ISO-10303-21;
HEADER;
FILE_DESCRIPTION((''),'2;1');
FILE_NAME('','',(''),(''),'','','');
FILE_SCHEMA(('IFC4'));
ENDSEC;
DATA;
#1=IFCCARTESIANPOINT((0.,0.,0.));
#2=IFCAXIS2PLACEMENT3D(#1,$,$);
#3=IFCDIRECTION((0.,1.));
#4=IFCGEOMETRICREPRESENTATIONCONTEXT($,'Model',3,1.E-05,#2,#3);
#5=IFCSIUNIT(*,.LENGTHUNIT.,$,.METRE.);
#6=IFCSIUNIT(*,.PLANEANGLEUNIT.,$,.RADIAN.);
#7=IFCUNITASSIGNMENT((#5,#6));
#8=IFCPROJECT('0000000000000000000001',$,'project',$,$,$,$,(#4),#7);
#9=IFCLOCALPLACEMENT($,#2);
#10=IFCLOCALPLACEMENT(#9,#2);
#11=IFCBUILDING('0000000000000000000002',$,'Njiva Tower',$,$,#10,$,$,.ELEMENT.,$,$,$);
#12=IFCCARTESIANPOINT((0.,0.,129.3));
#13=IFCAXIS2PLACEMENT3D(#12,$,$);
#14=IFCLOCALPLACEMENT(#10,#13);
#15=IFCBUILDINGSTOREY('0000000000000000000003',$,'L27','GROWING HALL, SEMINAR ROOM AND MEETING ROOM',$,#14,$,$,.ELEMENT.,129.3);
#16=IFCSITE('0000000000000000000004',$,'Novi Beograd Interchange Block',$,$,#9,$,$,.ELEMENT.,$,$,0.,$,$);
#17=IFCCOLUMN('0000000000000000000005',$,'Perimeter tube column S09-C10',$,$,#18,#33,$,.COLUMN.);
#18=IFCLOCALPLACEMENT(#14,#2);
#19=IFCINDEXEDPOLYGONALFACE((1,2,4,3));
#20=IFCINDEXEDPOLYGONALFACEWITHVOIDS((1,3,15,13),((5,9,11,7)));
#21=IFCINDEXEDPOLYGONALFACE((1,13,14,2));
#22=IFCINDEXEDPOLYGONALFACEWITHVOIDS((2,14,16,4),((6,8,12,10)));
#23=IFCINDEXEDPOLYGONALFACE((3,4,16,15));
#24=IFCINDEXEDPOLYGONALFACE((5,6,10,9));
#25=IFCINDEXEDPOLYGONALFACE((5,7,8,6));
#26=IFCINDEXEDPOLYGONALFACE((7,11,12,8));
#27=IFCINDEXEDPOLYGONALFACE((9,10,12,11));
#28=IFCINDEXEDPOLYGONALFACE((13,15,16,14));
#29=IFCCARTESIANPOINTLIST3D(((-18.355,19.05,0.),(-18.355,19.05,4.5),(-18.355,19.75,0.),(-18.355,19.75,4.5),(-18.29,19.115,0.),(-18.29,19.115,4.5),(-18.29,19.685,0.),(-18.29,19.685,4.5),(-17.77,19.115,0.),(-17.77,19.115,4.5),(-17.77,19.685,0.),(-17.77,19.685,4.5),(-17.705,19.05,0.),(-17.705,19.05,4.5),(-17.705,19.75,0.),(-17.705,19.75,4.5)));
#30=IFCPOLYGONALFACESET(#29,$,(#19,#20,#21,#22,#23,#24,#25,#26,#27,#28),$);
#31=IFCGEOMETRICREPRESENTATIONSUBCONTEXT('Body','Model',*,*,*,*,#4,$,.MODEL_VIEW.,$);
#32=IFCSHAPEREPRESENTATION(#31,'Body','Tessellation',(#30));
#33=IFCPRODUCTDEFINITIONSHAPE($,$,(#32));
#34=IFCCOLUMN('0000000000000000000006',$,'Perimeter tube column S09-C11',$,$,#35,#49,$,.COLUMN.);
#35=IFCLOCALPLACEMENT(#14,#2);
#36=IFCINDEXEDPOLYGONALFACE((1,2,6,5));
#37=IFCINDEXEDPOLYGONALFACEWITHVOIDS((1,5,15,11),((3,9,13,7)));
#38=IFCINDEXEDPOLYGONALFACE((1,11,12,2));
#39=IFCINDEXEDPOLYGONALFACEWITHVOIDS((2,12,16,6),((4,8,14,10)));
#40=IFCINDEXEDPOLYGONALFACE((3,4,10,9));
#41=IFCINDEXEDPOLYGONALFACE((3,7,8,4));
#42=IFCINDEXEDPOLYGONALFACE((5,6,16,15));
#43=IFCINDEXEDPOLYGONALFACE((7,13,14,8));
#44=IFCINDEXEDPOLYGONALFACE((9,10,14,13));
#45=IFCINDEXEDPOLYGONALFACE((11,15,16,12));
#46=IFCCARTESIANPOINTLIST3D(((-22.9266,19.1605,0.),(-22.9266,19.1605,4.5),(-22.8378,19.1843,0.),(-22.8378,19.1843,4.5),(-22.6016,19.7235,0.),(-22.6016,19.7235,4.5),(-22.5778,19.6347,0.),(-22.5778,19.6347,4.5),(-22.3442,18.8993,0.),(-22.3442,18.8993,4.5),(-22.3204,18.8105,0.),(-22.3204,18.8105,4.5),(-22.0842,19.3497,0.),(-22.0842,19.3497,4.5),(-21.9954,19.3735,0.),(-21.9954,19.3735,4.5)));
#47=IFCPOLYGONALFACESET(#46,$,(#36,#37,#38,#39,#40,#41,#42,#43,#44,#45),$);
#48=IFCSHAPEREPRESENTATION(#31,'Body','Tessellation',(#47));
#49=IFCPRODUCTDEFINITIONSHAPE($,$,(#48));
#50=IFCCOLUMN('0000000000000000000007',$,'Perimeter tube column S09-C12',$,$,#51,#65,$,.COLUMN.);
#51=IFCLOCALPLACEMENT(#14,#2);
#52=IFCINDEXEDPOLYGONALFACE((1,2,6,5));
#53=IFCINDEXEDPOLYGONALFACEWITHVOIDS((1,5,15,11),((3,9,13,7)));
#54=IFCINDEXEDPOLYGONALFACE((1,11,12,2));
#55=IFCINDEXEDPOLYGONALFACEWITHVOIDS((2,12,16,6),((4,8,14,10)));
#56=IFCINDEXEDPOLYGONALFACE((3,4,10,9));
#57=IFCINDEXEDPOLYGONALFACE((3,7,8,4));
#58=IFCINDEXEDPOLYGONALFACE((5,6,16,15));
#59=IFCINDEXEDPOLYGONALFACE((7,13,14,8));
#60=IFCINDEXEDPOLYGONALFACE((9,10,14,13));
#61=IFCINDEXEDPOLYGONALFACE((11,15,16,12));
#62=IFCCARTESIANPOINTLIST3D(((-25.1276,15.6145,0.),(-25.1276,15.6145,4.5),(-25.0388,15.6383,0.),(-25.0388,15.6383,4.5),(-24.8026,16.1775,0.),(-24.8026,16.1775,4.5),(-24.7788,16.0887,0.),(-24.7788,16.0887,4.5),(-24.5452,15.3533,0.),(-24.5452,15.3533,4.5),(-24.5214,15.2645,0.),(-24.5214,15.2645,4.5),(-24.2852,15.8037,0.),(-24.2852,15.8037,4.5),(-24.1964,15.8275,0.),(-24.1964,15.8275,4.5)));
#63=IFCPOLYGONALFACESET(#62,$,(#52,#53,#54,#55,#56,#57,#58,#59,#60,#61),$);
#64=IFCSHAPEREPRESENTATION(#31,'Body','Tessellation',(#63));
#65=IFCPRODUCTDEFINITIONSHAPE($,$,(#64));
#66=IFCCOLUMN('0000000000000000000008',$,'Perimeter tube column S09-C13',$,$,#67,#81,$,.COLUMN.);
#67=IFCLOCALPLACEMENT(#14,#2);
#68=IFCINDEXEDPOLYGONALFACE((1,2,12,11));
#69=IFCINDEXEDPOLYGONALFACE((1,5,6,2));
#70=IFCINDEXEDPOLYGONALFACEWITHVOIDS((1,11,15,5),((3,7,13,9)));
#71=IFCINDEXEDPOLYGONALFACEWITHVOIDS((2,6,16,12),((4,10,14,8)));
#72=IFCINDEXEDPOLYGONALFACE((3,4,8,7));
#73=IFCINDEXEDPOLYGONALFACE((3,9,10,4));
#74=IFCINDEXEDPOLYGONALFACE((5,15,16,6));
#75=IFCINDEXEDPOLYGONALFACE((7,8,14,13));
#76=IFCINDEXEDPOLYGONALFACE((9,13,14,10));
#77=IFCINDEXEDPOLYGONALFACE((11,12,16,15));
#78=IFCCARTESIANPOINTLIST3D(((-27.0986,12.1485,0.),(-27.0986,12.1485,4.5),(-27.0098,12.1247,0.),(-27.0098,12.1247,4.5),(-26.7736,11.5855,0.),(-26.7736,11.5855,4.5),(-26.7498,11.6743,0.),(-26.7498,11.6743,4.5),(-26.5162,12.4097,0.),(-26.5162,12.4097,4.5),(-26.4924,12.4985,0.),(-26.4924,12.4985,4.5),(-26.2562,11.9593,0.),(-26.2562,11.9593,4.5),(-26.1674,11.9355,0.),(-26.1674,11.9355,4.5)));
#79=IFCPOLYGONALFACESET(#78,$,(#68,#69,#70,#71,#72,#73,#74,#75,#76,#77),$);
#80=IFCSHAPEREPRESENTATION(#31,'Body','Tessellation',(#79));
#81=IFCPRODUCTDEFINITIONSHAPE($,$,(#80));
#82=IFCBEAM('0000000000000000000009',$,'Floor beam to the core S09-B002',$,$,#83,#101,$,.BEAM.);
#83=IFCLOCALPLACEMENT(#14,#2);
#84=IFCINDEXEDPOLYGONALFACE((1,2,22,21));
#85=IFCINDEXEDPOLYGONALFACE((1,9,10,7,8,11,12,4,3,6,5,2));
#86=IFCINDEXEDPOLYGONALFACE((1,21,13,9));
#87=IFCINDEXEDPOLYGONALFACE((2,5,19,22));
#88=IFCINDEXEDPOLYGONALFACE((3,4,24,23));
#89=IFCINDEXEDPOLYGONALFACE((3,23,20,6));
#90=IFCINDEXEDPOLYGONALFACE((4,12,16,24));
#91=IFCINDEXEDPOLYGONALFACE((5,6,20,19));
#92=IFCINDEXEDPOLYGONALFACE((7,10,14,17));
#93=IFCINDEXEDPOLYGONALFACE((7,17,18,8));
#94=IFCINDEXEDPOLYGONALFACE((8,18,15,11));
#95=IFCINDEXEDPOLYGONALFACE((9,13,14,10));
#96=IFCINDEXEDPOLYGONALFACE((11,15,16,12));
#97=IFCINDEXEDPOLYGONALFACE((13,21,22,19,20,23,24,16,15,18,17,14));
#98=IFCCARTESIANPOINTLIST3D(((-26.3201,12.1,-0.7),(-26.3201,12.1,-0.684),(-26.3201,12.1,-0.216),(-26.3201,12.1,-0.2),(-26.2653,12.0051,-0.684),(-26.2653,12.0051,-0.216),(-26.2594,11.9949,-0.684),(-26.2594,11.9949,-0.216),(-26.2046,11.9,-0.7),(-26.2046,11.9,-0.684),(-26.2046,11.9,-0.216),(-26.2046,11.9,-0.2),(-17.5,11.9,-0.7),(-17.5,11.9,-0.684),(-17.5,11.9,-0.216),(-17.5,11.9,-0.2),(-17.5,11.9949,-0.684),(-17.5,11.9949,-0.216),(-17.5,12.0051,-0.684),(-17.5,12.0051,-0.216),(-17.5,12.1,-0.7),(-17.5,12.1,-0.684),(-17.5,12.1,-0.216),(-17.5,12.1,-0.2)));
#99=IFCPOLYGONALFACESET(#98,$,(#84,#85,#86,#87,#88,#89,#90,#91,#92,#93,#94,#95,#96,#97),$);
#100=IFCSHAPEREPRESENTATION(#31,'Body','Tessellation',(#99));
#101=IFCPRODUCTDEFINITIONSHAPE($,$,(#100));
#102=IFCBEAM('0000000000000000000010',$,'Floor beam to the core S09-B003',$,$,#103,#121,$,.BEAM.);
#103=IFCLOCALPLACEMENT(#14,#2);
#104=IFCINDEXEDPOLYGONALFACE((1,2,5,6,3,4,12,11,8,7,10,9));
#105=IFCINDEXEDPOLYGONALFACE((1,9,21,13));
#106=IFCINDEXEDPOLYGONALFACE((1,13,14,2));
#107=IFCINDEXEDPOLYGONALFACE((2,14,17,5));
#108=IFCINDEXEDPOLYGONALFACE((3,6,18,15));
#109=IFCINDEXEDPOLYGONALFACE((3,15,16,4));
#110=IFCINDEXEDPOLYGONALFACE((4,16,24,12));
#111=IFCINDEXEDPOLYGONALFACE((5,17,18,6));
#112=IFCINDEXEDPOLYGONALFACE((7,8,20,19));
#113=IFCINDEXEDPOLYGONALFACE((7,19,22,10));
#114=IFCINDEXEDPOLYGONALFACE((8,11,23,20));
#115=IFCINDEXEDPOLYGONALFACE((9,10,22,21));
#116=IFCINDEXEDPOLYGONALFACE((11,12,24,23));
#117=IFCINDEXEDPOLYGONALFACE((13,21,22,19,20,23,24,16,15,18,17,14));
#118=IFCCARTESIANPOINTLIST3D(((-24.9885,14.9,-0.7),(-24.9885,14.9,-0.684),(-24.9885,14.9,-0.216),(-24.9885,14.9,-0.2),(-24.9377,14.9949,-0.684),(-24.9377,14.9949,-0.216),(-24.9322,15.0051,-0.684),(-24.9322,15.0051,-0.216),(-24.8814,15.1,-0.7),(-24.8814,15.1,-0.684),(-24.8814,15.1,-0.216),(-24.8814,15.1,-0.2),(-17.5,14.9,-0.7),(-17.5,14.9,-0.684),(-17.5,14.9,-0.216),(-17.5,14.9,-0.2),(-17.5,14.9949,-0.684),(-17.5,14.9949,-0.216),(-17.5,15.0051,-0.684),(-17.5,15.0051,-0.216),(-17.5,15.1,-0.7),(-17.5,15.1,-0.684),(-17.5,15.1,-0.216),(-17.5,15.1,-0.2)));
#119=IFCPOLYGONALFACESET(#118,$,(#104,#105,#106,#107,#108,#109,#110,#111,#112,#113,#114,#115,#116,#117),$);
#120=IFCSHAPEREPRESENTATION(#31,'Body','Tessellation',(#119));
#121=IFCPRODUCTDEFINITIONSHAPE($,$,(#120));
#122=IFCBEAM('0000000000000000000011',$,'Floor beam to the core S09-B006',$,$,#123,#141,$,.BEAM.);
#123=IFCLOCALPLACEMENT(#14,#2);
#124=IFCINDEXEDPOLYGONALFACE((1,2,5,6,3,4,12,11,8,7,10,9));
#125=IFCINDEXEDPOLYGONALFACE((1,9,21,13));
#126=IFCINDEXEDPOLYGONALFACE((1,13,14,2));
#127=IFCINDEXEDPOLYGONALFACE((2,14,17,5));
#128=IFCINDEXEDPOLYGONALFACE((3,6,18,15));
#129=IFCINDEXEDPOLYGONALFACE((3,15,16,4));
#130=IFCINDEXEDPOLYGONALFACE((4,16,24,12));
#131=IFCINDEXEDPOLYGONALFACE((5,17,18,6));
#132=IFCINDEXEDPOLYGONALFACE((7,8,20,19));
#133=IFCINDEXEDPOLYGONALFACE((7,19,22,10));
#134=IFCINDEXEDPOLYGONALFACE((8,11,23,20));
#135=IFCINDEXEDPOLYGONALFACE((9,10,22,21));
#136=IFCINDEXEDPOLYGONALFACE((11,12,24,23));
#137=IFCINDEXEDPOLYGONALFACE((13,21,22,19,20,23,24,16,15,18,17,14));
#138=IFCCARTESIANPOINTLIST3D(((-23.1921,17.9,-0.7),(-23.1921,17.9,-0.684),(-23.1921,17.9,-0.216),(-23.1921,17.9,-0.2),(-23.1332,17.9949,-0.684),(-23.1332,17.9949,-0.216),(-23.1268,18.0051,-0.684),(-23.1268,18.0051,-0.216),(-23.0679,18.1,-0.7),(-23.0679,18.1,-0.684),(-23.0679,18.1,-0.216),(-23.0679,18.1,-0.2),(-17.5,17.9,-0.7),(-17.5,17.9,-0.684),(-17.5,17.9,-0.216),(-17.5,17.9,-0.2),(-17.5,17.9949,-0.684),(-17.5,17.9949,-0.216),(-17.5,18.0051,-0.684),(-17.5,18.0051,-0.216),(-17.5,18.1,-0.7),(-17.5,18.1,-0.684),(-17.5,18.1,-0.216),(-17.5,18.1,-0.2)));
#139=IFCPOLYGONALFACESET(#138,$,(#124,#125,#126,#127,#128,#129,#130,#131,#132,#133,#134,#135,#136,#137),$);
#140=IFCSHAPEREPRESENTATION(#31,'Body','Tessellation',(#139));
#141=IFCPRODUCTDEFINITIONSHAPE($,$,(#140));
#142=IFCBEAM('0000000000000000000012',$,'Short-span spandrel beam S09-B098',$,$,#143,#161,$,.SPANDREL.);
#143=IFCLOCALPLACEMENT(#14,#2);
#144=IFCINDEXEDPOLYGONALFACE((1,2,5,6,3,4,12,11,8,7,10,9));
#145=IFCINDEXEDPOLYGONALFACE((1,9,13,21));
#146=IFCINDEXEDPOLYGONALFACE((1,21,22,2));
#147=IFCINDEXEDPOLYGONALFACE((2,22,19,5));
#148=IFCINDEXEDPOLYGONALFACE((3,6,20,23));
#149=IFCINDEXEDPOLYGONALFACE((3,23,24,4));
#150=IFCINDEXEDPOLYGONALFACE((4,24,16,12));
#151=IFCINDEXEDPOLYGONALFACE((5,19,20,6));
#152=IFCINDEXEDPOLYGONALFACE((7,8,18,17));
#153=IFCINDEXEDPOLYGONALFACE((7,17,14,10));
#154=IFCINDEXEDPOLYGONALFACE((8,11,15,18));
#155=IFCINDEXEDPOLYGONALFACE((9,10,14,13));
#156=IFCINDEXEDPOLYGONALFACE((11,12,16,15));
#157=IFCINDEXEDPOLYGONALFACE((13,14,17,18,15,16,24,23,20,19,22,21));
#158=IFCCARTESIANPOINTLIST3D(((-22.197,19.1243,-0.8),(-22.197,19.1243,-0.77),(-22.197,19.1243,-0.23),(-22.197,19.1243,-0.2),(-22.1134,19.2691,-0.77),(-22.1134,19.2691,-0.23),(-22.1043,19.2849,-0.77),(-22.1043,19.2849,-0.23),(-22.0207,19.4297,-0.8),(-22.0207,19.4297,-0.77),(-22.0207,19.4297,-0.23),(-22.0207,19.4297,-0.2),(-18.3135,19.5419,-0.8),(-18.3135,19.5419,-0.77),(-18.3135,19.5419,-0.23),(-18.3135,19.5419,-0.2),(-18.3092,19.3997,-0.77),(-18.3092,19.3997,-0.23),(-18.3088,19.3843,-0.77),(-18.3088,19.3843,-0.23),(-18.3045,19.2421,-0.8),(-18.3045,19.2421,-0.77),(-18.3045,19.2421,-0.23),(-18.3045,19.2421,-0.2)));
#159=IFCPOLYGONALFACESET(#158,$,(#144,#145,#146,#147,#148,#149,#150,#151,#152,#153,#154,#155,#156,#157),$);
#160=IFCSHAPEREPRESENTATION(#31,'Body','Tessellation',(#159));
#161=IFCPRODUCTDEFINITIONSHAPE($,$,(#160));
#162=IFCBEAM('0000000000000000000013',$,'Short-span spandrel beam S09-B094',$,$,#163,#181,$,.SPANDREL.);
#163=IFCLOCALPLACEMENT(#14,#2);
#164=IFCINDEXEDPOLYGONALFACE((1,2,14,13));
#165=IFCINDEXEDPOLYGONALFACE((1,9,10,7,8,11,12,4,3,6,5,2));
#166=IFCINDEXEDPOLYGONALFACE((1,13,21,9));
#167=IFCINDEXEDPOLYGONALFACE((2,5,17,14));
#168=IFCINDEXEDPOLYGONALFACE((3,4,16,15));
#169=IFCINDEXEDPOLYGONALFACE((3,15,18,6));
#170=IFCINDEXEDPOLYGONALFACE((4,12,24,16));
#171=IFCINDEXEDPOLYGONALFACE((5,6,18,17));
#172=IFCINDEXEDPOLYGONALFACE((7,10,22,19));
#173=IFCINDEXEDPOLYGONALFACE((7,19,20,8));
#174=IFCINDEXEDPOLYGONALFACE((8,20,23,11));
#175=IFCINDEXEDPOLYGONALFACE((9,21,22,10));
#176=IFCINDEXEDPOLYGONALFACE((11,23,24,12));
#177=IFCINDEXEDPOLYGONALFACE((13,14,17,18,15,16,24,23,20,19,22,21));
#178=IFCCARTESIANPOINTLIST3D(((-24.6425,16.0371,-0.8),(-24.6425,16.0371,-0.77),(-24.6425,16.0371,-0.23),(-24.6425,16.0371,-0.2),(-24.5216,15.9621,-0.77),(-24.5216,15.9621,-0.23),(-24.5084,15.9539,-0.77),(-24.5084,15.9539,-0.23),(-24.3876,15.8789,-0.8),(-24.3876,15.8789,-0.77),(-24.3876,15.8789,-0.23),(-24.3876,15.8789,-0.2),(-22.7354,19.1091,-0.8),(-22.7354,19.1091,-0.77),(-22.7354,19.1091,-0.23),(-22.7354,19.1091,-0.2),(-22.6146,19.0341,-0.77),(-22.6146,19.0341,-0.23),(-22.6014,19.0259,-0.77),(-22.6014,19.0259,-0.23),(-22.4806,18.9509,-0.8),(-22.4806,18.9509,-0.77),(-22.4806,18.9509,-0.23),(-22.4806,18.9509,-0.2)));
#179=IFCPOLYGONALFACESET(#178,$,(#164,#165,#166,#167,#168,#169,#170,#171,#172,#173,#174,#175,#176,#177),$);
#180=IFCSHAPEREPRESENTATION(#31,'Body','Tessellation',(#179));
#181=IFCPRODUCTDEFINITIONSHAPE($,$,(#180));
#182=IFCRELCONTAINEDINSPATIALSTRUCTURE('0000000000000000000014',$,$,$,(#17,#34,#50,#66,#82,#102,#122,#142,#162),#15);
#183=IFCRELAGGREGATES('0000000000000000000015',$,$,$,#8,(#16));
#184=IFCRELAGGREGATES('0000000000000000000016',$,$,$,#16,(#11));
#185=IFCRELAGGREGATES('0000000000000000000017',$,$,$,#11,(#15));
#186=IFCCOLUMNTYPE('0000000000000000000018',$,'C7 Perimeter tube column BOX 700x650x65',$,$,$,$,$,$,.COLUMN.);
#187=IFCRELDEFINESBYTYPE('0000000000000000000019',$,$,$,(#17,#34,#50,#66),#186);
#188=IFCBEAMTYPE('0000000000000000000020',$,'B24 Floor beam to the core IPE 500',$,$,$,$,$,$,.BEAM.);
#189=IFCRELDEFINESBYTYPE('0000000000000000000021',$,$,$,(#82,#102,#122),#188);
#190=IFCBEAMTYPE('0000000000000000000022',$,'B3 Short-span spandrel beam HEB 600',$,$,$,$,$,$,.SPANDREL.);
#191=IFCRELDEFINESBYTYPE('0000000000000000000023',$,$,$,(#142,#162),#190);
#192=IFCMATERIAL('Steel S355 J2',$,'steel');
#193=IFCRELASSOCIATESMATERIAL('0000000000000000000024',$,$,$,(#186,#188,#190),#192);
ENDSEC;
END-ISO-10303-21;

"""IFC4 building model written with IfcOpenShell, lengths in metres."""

from ifc_helpers import new_model, si_unit, direction, frame, origin, origin_2d, place, context, subcontext, project, spatial, hollow_rectangle, i_section, extrude, clip, halfspace, material, material_profile, profile_set, type_object, element, save


model = new_model("IFC4")

# Units and contexts
model_context = context("Model", 3, precision=1e-05, world=origin(), true_north=direction((0.0, 1.0)))
body_context = subcontext(model_context, "Body", "Model", "MODEL_VIEW")
ifc_project = project(units=[si_unit("LENGTHUNIT", "METRE"), si_unit("PLANEANGLEUNIT", "RADIAN")], contexts=[model_context])

# Site, building, storey
site_placement = place(None, origin())
site = spatial("IfcSite", under=ifc_project, at=site_placement, Name="Novi Beograd Interchange Block", CompositionType="ELEMENT", RefElevation=0.0)
building_placement = place(site_placement, origin())
building = spatial("IfcBuilding", under=site, at=building_placement, Name="Njiva Tower", CompositionType="ELEMENT")
storey_placement = place(building_placement, frame((0.0, 0.0, 129.3)))
storey = spatial("IfcBuildingStorey", under=building, at=storey_placement, Name="L27", Description="GROWING HALL, SEMINAR ROOM AND MEETING ROOM", CompositionType="ELEMENT", Elevation=129.3)

# Columns
ifc_material_1 = material(Name="Steel S355 J2", Category="steel")
ifc_material_profile_1 = material_profile(ifc_material_1, hollow_rectangle(XDim=0.65, YDim=0.7, WallThickness=0.065, at=origin_2d()), Name="BOX 700x650x65")
ifc_profile_set_1 = profile_set([ifc_material_profile_1], Name="Steel S355 J2")
column_type = type_object("IfcColumnType", Name="C7 Perimeter tube column BOX 700x650x65", PredefinedType="COLUMN", material=ifc_profile_set_1)
for number, where, z_axis, x_axis, name in (
    (1, (-18.03, 19.4, 0.0), (0.0, 0.0, 1.0), (-1.0, 0.0, 0.0), "Perimeter tube column S09-C10"),
    (2, (-22.461, 19.267, 0.0), (0.0, 0.0, 1.0), (-0.5, -0.866025, 0.0), "Perimeter tube column S09-C11"),
    (3, (-24.662, 15.721, 0.0), (0.0, 0.0, 1.0), (-0.5, -0.866025, 0.0), "Perimeter tube column S09-C12"),
    (4, (-26.633, 12.042, 0.0), (0.0, 0.0, 1.0), (0.5, -0.866025, 0.0), "Perimeter tube column S09-C13"),
):
    element("IfcColumn", number, at=place(storey_placement, frame(where, z_axis=z_axis, x_axis=x_axis)), inside=storey, type_object=column_type, Name=name, PredefinedType="COLUMN", context=body_context, shape_type="SweptSolid", body=[
        extrude(hollow_rectangle(XDim=0.65, YDim=0.7, WallThickness=0.065, at=origin_2d()), origin(), (0.0, 0.0, 1.0), 4.5),
    ])

# Beams
ifc_material_profile_2 = material_profile(ifc_material_1, i_section(OverallWidth=0.2, OverallDepth=0.5, WebThickness=0.0102, FlangeThickness=0.016, at=origin_2d()), Name="IPE 500")
ifc_profile_set_2 = profile_set([ifc_material_profile_2], Name="Steel S355 J2")
beam_type_1 = type_object("IfcBeamType", Name="B24 Floor beam to the core IPE 500", PredefinedType="BEAM", material=ifc_profile_set_2)
beam_1_placement = place(storey_placement, frame((-26.34, 12.0, -0.45), z_axis=(1.0, 0.0, 0.0), x_axis=(0.0, 1.0, 0.0)))
element("IfcBeam", 5, at=beam_1_placement, inside=storey, type_object=beam_type_1, Name="Floor beam to the core S09-B002", PredefinedType="BEAM", context=body_context, shape_type="Clipping", body=[
    clip(extrude(i_section(OverallWidth=0.2, OverallDepth=0.5, WebThickness=0.0102, FlangeThickness=0.016, at=origin_2d()), origin(), (0.0, 0.0, 1.0), 8.84), halfspace(frame((-0.025, 0.0, 0.0921), z_axis=(-0.499998, 0.0, -0.866027), x_axis=(0.0, -1.0, 0.0)), False)),
])
beam_2_placement = place(storey_placement, frame((-25.009, 15.0, -0.45), z_axis=(1.0, 0.0, 0.0), x_axis=(0.0, 1.0, 0.0)))
element("IfcBeam", 6, at=beam_2_placement, inside=storey, type_object=beam_type_1, Name="Floor beam to the core S09-B003", PredefinedType="BEAM", context=body_context, shape_type="Clipping", body=[
    clip(extrude(i_section(OverallWidth=0.2, OverallDepth=0.5, WebThickness=0.0102, FlangeThickness=0.016, at=origin_2d()), origin(), (0.0, 0.0, 1.0), 7.509), halfspace(frame((0.0236, 0.0, 0.0867), z_axis=(0.472122, 0.0, -0.881533), x_axis=(0.0, -1.0, 0.0)), False)),
])
beam_3_placement = place(storey_placement, frame((-23.212, 18.0, -0.45), z_axis=(1.0, 0.0, 0.0), x_axis=(0.0, 1.0, 0.0)))
element("IfcBeam", 7, at=beam_3_placement, inside=storey, type_object=beam_type_1, Name="Floor beam to the core S09-B006", PredefinedType="BEAM", context=body_context, shape_type="Clipping", body=[
    clip(extrude(i_section(OverallWidth=0.2, OverallDepth=0.5, WebThickness=0.0102, FlangeThickness=0.016, at=origin_2d()), origin(), (0.0, 0.0, 1.0), 5.712), halfspace(frame((0.0264, 0.0, 0.0984), z_axis=(0.527368, 0.0, -0.849637), x_axis=(0.0, -1.0, 0.0)), False)),
])
ifc_material_profile_3 = material_profile(ifc_material_1, i_section(OverallWidth=0.3, OverallDepth=0.6, WebThickness=0.0155, FlangeThickness=0.03, at=origin_2d()), Name="HEB 600")
ifc_profile_set_3 = profile_set([ifc_material_profile_3], Name="Steel S355 J2")
beam_type_2 = type_object("IfcBeamType", Name="B3 Short-span spandrel beam HEB 600", PredefinedType="SPANDREL", material=ifc_profile_set_3)
beam_4_placement = place(storey_placement, frame((-18.309, 19.392, -0.5), z_axis=(-0.999542, -0.030249, 0.0), x_axis=(0.030249, -0.999542, 0.0)))
element("IfcBeam", 8, at=beam_4_placement, inside=storey, type_object=beam_type_2, Name="Short-span spandrel beam S09-B098", PredefinedType="SPANDREL", context=body_context, shape_type="Clipping", body=[
    clip(extrude(i_section(OverallWidth=0.3, OverallDepth=0.6, WebThickness=0.0155, FlangeThickness=0.03, at=origin_2d()), origin(), (0.0, 0.0, 1.0), 3.9147), halfspace(frame((-0.0268, 0.0, 3.785), z_axis=(-0.525966, 0.0, 0.850506), x_axis=(0.0, 1.0, 0.0)), False)),
])
beam_5_placement = place(storey_placement, frame((-22.608, 19.03, -0.5), z_axis=(-0.527411, -0.84961, 0.0), x_axis=(0.84961, -0.527411, 0.0)))
element("IfcBeam", 9, at=beam_5_placement, inside=storey, type_object=beam_type_2, Name="Short-span spandrel beam S09-B094", PredefinedType="SPANDREL", context=body_context, shape_type="SweptSolid", body=[
    extrude(i_section(OverallWidth=0.3, OverallDepth=0.6, WebThickness=0.0155, FlangeThickness=0.03, at=origin_2d()), origin(), (0.0, 0.0, 1.0), 3.6158),
])

save(model, "model.ifc")
